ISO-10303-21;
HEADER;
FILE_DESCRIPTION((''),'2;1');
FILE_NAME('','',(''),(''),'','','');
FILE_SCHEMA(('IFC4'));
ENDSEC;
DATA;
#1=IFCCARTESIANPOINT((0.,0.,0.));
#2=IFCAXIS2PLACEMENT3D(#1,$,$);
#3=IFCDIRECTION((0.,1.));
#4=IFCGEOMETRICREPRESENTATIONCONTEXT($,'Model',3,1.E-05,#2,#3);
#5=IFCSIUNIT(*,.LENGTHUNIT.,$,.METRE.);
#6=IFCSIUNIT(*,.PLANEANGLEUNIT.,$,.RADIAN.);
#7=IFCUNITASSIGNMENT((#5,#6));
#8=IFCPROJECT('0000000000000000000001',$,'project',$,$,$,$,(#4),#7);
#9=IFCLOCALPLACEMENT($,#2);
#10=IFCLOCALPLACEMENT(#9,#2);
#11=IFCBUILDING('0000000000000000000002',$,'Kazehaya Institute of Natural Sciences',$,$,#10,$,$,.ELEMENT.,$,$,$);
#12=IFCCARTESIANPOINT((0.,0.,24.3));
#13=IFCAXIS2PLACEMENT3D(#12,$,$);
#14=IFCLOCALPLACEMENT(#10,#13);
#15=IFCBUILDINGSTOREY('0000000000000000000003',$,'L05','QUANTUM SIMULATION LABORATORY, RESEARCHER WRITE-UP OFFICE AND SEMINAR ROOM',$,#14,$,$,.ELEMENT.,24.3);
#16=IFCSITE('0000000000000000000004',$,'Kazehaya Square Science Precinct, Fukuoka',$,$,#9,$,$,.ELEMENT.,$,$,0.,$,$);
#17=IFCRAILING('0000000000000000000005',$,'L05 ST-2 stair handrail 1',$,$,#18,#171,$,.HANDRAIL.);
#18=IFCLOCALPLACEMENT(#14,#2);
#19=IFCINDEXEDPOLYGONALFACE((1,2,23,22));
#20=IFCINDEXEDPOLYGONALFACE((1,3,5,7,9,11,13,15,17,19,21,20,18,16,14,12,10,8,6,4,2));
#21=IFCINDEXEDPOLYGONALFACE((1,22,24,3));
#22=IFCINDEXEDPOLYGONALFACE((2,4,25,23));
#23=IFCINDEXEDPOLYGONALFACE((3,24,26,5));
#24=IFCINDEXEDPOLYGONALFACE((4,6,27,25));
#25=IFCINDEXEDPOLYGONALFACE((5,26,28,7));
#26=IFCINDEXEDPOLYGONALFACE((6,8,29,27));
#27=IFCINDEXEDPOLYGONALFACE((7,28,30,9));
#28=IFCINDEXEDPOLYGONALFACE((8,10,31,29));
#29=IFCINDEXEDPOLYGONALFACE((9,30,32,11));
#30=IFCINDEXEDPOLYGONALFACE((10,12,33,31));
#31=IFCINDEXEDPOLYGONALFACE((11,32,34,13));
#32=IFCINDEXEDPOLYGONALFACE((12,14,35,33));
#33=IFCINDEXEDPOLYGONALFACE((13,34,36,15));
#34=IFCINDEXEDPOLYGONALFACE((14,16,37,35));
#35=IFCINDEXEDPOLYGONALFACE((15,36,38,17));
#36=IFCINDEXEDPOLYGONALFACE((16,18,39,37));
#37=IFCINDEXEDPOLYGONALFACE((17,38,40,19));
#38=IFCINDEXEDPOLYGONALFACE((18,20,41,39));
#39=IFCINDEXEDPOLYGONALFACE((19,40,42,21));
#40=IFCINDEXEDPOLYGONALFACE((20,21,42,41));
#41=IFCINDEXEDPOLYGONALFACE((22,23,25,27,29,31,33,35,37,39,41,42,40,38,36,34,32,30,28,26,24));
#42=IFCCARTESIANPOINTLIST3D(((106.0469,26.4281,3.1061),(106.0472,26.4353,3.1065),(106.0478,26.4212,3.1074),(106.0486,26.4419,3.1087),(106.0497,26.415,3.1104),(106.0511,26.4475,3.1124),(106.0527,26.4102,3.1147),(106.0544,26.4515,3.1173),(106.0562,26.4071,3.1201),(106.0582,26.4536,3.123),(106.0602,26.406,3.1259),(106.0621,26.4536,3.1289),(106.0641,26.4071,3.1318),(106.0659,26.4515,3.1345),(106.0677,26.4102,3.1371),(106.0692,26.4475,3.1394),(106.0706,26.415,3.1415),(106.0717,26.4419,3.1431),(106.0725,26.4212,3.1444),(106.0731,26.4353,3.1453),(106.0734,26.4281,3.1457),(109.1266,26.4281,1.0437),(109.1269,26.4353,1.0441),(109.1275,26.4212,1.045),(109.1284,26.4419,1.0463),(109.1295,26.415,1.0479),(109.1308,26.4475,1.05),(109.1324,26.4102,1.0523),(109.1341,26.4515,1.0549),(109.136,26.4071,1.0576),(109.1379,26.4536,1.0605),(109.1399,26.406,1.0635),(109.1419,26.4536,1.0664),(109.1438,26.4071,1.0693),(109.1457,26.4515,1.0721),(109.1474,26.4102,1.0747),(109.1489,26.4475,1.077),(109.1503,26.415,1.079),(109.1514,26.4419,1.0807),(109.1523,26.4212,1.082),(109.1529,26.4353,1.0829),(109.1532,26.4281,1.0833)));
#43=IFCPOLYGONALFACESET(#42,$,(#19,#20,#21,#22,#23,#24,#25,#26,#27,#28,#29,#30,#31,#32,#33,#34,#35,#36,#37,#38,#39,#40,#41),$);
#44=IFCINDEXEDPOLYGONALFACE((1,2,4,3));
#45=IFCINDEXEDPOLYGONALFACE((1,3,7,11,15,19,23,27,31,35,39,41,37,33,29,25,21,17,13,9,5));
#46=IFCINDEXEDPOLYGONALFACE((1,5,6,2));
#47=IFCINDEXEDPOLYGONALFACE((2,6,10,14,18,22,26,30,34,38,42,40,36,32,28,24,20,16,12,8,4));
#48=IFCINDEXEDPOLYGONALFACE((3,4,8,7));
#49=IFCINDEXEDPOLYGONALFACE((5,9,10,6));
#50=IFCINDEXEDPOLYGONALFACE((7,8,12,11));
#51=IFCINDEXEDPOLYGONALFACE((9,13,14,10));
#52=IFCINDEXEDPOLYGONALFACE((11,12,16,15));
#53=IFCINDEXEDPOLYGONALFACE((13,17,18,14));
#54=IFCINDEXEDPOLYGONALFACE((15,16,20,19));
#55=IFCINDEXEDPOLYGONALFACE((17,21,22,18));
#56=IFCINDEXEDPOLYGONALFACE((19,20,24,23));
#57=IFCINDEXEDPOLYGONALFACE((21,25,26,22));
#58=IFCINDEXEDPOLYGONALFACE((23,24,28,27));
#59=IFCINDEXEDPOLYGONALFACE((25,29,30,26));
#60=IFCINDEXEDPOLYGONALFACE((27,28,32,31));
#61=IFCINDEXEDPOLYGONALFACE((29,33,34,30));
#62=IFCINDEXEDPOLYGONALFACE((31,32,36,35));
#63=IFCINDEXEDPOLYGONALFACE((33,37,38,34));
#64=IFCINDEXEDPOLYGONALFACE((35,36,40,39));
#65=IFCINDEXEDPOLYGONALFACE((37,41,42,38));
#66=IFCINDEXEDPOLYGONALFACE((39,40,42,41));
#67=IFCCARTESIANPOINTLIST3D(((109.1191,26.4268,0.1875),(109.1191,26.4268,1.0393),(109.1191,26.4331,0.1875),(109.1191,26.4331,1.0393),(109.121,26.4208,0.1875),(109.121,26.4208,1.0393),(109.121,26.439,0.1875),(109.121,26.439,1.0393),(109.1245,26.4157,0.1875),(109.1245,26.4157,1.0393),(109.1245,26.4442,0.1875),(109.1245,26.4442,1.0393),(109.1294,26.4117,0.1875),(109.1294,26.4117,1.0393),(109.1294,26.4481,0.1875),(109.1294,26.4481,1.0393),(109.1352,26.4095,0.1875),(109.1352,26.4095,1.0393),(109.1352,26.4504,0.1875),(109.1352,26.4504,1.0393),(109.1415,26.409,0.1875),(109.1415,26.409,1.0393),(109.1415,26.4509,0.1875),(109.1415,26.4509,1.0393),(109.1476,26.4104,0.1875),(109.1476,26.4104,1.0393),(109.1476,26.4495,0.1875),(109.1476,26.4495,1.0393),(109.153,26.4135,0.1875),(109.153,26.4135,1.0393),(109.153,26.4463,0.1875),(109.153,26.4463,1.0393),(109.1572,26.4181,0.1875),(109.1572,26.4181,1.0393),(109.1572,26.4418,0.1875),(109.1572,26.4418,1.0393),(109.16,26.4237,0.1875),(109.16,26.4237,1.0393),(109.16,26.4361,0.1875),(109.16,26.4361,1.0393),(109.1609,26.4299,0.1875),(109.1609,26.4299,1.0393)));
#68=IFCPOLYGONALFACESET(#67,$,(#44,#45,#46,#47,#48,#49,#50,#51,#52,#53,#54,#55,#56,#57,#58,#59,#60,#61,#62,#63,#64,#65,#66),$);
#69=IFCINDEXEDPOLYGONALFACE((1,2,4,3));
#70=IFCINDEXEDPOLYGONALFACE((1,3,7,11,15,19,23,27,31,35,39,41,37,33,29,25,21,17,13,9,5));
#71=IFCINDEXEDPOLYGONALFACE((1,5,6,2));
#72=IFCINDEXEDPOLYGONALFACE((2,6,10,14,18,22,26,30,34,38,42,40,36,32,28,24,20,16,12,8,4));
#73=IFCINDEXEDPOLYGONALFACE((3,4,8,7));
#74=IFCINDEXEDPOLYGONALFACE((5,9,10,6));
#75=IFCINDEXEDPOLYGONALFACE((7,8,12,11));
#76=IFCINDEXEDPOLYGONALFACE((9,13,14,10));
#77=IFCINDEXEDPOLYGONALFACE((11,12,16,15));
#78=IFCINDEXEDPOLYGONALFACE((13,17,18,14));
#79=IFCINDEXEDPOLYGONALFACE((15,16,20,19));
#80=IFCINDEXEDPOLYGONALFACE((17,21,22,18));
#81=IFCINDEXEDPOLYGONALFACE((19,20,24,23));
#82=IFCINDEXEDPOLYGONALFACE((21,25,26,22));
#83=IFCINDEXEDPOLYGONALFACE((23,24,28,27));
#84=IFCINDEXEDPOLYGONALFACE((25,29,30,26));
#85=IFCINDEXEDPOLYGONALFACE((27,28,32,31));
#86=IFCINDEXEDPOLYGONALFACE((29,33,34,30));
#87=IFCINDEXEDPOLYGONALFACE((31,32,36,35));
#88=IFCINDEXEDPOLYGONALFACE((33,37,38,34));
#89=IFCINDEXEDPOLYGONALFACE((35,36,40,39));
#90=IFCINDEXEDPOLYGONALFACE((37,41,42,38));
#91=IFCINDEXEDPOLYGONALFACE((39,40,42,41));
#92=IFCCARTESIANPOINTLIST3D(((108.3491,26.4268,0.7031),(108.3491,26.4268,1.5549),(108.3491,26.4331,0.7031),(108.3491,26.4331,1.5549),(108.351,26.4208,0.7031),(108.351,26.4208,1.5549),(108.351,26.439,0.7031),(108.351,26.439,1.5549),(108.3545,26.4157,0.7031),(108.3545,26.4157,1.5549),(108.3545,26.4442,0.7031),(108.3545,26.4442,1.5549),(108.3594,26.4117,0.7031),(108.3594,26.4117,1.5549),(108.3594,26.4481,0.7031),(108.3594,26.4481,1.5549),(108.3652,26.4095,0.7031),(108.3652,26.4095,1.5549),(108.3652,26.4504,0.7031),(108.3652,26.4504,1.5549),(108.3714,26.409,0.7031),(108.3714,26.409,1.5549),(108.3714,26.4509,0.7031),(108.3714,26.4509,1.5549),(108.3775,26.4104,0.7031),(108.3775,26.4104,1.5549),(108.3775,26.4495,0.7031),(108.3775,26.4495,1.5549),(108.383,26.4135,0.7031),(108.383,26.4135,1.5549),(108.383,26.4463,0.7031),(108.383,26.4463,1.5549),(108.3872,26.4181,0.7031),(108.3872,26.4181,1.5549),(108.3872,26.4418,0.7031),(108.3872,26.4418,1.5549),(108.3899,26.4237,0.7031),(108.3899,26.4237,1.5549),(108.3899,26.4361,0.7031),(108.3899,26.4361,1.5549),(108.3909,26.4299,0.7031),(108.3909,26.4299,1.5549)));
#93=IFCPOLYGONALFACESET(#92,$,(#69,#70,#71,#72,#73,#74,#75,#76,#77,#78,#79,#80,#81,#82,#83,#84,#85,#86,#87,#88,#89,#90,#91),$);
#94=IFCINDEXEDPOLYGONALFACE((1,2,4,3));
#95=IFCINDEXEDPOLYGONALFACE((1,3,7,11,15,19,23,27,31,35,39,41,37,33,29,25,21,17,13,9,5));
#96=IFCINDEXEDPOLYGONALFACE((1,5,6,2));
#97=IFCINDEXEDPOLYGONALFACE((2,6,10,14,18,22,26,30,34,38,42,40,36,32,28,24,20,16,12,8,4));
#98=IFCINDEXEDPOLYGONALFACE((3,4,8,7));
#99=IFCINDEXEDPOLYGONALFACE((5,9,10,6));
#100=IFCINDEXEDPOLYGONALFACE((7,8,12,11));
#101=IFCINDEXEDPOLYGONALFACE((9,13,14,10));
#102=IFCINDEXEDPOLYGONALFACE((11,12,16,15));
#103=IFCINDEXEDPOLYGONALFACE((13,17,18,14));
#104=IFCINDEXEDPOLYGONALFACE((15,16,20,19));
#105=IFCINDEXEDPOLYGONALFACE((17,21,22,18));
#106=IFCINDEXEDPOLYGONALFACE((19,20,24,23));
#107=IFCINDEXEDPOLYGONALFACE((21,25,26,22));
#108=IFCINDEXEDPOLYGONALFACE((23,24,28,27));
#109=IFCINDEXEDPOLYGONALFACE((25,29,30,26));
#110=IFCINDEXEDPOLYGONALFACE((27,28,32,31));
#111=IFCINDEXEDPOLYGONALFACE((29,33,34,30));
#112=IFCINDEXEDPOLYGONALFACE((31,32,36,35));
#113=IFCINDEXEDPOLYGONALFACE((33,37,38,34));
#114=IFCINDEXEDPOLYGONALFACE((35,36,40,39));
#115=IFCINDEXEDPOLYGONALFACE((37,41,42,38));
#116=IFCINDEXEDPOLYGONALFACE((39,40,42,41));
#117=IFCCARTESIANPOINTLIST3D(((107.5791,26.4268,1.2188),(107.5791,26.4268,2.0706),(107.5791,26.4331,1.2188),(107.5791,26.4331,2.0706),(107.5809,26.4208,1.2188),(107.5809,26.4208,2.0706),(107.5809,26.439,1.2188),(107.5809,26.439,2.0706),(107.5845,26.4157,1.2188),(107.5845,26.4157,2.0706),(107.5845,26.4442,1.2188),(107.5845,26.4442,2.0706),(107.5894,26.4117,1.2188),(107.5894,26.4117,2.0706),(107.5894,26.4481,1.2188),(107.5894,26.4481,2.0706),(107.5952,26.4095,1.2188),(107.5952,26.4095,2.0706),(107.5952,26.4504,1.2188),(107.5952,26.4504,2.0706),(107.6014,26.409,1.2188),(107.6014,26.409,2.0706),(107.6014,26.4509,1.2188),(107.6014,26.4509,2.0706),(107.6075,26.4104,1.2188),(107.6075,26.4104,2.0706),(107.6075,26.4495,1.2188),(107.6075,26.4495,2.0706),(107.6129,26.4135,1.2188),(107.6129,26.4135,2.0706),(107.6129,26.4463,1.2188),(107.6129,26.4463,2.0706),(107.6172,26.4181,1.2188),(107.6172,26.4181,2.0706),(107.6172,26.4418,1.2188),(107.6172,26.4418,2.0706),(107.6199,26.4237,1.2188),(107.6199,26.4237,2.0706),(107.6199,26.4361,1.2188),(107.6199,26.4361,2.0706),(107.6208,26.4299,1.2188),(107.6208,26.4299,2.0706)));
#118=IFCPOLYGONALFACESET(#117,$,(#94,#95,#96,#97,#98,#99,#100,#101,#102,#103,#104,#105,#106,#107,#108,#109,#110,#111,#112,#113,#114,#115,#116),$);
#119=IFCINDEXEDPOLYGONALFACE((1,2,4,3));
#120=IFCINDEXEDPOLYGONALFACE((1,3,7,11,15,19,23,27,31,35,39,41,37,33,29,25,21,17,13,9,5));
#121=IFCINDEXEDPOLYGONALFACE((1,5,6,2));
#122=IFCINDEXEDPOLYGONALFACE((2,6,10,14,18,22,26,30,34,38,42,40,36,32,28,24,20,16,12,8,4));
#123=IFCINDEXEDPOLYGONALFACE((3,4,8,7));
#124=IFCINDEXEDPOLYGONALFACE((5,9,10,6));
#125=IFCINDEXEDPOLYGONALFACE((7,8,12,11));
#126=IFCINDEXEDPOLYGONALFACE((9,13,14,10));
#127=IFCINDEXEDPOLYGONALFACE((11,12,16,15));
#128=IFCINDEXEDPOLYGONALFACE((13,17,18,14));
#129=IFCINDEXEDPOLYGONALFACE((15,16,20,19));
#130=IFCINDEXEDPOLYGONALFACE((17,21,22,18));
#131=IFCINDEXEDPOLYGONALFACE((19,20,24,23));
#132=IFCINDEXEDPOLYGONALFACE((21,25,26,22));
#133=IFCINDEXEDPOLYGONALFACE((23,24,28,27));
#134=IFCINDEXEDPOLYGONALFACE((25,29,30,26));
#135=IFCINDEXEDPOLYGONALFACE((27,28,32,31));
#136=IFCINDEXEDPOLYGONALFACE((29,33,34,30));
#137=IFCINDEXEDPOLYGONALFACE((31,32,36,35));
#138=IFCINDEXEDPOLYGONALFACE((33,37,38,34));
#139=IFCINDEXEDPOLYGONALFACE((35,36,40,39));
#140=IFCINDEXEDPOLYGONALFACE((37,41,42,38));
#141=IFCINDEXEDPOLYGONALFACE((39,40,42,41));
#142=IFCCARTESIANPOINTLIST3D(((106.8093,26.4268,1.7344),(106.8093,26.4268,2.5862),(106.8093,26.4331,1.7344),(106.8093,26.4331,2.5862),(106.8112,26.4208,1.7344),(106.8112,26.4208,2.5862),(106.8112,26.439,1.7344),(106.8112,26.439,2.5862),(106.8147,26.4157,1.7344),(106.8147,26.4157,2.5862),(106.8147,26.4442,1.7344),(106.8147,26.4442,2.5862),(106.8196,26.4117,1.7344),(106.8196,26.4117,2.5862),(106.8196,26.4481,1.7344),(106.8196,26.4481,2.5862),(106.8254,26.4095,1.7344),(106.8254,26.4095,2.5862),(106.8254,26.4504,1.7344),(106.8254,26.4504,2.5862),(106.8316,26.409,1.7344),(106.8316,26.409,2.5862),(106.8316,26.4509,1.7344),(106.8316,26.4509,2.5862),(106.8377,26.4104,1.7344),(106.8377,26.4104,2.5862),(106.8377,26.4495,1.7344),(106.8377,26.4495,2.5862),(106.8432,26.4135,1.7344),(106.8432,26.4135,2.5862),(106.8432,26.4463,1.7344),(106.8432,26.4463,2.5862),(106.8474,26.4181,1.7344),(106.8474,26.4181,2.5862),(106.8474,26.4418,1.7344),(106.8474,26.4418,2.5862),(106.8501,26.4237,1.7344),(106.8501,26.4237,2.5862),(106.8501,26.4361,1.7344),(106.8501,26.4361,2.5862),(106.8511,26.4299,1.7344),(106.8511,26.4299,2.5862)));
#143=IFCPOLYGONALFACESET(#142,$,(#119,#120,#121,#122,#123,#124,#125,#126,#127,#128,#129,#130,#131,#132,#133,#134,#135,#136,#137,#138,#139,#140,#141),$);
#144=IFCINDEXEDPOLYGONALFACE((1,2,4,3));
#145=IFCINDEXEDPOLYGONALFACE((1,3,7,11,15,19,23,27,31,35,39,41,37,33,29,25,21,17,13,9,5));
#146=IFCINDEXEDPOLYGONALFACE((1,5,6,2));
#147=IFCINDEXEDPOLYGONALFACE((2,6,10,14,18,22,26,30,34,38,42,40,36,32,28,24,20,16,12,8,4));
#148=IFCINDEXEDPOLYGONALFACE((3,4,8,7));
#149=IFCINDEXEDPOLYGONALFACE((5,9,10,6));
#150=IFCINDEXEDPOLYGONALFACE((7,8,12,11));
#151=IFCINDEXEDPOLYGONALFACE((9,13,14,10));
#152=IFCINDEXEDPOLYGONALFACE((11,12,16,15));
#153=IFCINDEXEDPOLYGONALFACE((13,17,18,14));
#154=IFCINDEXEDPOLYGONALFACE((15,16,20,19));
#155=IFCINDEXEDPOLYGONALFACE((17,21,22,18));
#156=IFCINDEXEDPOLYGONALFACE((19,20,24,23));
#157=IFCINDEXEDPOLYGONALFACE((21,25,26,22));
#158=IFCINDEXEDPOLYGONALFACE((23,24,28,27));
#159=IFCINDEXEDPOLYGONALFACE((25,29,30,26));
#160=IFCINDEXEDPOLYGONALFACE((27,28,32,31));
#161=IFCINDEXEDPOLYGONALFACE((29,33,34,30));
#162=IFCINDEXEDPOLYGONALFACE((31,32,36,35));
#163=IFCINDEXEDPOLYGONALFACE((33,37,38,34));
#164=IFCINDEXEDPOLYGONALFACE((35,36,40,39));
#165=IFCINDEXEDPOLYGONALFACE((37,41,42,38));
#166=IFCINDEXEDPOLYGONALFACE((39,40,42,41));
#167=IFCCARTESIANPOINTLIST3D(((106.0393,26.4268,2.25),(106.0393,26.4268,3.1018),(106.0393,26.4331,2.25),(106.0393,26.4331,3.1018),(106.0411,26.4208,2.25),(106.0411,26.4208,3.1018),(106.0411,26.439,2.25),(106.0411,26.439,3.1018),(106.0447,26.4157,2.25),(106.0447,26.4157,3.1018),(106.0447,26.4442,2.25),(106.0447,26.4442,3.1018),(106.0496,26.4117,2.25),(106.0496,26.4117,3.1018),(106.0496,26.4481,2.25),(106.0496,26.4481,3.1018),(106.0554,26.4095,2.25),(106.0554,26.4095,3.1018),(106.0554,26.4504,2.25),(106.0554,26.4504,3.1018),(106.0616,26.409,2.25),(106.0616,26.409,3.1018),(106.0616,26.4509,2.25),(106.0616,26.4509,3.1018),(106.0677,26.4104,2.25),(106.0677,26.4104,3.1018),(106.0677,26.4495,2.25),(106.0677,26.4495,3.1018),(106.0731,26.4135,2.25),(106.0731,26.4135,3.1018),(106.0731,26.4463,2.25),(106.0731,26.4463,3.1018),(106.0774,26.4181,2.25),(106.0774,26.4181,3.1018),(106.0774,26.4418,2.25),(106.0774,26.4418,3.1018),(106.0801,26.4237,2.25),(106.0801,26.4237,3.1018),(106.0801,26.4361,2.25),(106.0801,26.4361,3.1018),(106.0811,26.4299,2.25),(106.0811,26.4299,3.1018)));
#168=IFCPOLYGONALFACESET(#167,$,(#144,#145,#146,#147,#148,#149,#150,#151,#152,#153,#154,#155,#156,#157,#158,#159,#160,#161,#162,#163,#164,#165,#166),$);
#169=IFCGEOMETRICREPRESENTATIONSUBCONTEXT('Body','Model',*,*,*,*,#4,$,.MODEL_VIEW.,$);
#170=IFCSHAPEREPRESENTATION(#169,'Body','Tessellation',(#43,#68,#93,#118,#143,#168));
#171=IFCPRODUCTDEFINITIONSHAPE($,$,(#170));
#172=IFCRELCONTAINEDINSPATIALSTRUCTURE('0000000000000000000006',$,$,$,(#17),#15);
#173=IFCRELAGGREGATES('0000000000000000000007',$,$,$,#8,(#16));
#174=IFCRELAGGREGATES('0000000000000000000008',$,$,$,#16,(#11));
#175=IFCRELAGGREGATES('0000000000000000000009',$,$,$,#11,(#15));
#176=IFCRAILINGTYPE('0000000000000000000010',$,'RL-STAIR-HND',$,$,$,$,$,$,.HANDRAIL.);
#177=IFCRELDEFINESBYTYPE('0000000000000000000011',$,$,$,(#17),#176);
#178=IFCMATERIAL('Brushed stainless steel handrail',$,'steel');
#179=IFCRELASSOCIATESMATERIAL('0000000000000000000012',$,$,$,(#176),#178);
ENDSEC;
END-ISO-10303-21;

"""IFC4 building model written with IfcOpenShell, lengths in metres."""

from ifc_helpers import new_model, si_unit, direction, frame, origin, origin_2d, place, context, subcontext, project, spatial, circle, extrude, material, type_object, element, save


model = new_model("IFC4")

# Units and contexts
model_context = context("Model", 3, precision=1e-05, world=origin(), true_north=direction((0.0, 1.0)))
body_context = subcontext(model_context, "Body", "Model", "MODEL_VIEW")
ifc_project = project(units=[si_unit("LENGTHUNIT", "METRE"), si_unit("PLANEANGLEUNIT", "RADIAN")], contexts=[model_context])

# Site, building, storey
site_placement = place(None, origin())
site = spatial("IfcSite", under=ifc_project, at=site_placement, Name="Kazehaya Square Science Precinct, Fukuoka", CompositionType="ELEMENT", RefElevation=0.0)
building_placement = place(site_placement, origin())
building = spatial("IfcBuilding", under=site, at=building_placement, Name="Kazehaya Institute of Natural Sciences", CompositionType="ELEMENT")
storey_placement = place(building_placement, frame((0.0, 0.0, 24.3)))
storey = spatial("IfcBuildingStorey", under=building, at=storey_placement, Name="L05", Description="QUANTUM SIMULATION LABORATORY, RESEARCHER WRITE-UP OFFICE AND SEMINAR ROOM", CompositionType="ELEMENT", Elevation=24.3)

# Railing
ifc_material_1 = material(Name="Brushed stainless steel handrail", Category="steel")
railing_type_1 = type_object("IfcRailingType", Name="RL-STAIR-HND", PredefinedType="HANDRAIL", material=ifc_material_1)
railing_1_placement = place(storey_placement, frame((109.1399, 26.4299, 0.1875)))
element("IfcRailing", 1, at=railing_1_placement, inside=storey, type_object=railing_type_1, Name="L05 ST-2 stair handrail 1", PredefinedType="HANDRAIL", context=body_context, shape_type="SweptSolid", body=[
    extrude(circle(Radius=0.0239, at=origin_2d()), frame((0.0, 0.0, 0.876), z_axis=(-0.830893, 0.0, 0.556432), x_axis=(0.0, -1.0, 0.0)), (0.0, 0.0, 1.0), 3.7065),
    extrude(circle(Radius=0.021, at=origin_2d()), origin(), (0.0, 0.0, 1.0), 0.8518),
    extrude(circle(Radius=0.021, at=origin_2d()), frame((-0.77, 0.0, 0.5156)), (0.0, 0.0, 1.0), 0.8518),
    extrude(circle(Radius=0.021, at=origin_2d()), frame((-1.54, 0.0, 1.0312)), (0.0, 0.0, 1.0), 0.8518),
    extrude(circle(Radius=0.021, at=origin_2d()), frame((-2.3098, 0.0, 1.5469)), (0.0, 0.0, 1.0), 0.8518),
    extrude(circle(Radius=0.021, at=origin_2d()), frame((-3.0798, 0.0, 2.0625)), (0.0, 0.0, 1.0), 0.8518),
])

save(model, "model.ifc")
